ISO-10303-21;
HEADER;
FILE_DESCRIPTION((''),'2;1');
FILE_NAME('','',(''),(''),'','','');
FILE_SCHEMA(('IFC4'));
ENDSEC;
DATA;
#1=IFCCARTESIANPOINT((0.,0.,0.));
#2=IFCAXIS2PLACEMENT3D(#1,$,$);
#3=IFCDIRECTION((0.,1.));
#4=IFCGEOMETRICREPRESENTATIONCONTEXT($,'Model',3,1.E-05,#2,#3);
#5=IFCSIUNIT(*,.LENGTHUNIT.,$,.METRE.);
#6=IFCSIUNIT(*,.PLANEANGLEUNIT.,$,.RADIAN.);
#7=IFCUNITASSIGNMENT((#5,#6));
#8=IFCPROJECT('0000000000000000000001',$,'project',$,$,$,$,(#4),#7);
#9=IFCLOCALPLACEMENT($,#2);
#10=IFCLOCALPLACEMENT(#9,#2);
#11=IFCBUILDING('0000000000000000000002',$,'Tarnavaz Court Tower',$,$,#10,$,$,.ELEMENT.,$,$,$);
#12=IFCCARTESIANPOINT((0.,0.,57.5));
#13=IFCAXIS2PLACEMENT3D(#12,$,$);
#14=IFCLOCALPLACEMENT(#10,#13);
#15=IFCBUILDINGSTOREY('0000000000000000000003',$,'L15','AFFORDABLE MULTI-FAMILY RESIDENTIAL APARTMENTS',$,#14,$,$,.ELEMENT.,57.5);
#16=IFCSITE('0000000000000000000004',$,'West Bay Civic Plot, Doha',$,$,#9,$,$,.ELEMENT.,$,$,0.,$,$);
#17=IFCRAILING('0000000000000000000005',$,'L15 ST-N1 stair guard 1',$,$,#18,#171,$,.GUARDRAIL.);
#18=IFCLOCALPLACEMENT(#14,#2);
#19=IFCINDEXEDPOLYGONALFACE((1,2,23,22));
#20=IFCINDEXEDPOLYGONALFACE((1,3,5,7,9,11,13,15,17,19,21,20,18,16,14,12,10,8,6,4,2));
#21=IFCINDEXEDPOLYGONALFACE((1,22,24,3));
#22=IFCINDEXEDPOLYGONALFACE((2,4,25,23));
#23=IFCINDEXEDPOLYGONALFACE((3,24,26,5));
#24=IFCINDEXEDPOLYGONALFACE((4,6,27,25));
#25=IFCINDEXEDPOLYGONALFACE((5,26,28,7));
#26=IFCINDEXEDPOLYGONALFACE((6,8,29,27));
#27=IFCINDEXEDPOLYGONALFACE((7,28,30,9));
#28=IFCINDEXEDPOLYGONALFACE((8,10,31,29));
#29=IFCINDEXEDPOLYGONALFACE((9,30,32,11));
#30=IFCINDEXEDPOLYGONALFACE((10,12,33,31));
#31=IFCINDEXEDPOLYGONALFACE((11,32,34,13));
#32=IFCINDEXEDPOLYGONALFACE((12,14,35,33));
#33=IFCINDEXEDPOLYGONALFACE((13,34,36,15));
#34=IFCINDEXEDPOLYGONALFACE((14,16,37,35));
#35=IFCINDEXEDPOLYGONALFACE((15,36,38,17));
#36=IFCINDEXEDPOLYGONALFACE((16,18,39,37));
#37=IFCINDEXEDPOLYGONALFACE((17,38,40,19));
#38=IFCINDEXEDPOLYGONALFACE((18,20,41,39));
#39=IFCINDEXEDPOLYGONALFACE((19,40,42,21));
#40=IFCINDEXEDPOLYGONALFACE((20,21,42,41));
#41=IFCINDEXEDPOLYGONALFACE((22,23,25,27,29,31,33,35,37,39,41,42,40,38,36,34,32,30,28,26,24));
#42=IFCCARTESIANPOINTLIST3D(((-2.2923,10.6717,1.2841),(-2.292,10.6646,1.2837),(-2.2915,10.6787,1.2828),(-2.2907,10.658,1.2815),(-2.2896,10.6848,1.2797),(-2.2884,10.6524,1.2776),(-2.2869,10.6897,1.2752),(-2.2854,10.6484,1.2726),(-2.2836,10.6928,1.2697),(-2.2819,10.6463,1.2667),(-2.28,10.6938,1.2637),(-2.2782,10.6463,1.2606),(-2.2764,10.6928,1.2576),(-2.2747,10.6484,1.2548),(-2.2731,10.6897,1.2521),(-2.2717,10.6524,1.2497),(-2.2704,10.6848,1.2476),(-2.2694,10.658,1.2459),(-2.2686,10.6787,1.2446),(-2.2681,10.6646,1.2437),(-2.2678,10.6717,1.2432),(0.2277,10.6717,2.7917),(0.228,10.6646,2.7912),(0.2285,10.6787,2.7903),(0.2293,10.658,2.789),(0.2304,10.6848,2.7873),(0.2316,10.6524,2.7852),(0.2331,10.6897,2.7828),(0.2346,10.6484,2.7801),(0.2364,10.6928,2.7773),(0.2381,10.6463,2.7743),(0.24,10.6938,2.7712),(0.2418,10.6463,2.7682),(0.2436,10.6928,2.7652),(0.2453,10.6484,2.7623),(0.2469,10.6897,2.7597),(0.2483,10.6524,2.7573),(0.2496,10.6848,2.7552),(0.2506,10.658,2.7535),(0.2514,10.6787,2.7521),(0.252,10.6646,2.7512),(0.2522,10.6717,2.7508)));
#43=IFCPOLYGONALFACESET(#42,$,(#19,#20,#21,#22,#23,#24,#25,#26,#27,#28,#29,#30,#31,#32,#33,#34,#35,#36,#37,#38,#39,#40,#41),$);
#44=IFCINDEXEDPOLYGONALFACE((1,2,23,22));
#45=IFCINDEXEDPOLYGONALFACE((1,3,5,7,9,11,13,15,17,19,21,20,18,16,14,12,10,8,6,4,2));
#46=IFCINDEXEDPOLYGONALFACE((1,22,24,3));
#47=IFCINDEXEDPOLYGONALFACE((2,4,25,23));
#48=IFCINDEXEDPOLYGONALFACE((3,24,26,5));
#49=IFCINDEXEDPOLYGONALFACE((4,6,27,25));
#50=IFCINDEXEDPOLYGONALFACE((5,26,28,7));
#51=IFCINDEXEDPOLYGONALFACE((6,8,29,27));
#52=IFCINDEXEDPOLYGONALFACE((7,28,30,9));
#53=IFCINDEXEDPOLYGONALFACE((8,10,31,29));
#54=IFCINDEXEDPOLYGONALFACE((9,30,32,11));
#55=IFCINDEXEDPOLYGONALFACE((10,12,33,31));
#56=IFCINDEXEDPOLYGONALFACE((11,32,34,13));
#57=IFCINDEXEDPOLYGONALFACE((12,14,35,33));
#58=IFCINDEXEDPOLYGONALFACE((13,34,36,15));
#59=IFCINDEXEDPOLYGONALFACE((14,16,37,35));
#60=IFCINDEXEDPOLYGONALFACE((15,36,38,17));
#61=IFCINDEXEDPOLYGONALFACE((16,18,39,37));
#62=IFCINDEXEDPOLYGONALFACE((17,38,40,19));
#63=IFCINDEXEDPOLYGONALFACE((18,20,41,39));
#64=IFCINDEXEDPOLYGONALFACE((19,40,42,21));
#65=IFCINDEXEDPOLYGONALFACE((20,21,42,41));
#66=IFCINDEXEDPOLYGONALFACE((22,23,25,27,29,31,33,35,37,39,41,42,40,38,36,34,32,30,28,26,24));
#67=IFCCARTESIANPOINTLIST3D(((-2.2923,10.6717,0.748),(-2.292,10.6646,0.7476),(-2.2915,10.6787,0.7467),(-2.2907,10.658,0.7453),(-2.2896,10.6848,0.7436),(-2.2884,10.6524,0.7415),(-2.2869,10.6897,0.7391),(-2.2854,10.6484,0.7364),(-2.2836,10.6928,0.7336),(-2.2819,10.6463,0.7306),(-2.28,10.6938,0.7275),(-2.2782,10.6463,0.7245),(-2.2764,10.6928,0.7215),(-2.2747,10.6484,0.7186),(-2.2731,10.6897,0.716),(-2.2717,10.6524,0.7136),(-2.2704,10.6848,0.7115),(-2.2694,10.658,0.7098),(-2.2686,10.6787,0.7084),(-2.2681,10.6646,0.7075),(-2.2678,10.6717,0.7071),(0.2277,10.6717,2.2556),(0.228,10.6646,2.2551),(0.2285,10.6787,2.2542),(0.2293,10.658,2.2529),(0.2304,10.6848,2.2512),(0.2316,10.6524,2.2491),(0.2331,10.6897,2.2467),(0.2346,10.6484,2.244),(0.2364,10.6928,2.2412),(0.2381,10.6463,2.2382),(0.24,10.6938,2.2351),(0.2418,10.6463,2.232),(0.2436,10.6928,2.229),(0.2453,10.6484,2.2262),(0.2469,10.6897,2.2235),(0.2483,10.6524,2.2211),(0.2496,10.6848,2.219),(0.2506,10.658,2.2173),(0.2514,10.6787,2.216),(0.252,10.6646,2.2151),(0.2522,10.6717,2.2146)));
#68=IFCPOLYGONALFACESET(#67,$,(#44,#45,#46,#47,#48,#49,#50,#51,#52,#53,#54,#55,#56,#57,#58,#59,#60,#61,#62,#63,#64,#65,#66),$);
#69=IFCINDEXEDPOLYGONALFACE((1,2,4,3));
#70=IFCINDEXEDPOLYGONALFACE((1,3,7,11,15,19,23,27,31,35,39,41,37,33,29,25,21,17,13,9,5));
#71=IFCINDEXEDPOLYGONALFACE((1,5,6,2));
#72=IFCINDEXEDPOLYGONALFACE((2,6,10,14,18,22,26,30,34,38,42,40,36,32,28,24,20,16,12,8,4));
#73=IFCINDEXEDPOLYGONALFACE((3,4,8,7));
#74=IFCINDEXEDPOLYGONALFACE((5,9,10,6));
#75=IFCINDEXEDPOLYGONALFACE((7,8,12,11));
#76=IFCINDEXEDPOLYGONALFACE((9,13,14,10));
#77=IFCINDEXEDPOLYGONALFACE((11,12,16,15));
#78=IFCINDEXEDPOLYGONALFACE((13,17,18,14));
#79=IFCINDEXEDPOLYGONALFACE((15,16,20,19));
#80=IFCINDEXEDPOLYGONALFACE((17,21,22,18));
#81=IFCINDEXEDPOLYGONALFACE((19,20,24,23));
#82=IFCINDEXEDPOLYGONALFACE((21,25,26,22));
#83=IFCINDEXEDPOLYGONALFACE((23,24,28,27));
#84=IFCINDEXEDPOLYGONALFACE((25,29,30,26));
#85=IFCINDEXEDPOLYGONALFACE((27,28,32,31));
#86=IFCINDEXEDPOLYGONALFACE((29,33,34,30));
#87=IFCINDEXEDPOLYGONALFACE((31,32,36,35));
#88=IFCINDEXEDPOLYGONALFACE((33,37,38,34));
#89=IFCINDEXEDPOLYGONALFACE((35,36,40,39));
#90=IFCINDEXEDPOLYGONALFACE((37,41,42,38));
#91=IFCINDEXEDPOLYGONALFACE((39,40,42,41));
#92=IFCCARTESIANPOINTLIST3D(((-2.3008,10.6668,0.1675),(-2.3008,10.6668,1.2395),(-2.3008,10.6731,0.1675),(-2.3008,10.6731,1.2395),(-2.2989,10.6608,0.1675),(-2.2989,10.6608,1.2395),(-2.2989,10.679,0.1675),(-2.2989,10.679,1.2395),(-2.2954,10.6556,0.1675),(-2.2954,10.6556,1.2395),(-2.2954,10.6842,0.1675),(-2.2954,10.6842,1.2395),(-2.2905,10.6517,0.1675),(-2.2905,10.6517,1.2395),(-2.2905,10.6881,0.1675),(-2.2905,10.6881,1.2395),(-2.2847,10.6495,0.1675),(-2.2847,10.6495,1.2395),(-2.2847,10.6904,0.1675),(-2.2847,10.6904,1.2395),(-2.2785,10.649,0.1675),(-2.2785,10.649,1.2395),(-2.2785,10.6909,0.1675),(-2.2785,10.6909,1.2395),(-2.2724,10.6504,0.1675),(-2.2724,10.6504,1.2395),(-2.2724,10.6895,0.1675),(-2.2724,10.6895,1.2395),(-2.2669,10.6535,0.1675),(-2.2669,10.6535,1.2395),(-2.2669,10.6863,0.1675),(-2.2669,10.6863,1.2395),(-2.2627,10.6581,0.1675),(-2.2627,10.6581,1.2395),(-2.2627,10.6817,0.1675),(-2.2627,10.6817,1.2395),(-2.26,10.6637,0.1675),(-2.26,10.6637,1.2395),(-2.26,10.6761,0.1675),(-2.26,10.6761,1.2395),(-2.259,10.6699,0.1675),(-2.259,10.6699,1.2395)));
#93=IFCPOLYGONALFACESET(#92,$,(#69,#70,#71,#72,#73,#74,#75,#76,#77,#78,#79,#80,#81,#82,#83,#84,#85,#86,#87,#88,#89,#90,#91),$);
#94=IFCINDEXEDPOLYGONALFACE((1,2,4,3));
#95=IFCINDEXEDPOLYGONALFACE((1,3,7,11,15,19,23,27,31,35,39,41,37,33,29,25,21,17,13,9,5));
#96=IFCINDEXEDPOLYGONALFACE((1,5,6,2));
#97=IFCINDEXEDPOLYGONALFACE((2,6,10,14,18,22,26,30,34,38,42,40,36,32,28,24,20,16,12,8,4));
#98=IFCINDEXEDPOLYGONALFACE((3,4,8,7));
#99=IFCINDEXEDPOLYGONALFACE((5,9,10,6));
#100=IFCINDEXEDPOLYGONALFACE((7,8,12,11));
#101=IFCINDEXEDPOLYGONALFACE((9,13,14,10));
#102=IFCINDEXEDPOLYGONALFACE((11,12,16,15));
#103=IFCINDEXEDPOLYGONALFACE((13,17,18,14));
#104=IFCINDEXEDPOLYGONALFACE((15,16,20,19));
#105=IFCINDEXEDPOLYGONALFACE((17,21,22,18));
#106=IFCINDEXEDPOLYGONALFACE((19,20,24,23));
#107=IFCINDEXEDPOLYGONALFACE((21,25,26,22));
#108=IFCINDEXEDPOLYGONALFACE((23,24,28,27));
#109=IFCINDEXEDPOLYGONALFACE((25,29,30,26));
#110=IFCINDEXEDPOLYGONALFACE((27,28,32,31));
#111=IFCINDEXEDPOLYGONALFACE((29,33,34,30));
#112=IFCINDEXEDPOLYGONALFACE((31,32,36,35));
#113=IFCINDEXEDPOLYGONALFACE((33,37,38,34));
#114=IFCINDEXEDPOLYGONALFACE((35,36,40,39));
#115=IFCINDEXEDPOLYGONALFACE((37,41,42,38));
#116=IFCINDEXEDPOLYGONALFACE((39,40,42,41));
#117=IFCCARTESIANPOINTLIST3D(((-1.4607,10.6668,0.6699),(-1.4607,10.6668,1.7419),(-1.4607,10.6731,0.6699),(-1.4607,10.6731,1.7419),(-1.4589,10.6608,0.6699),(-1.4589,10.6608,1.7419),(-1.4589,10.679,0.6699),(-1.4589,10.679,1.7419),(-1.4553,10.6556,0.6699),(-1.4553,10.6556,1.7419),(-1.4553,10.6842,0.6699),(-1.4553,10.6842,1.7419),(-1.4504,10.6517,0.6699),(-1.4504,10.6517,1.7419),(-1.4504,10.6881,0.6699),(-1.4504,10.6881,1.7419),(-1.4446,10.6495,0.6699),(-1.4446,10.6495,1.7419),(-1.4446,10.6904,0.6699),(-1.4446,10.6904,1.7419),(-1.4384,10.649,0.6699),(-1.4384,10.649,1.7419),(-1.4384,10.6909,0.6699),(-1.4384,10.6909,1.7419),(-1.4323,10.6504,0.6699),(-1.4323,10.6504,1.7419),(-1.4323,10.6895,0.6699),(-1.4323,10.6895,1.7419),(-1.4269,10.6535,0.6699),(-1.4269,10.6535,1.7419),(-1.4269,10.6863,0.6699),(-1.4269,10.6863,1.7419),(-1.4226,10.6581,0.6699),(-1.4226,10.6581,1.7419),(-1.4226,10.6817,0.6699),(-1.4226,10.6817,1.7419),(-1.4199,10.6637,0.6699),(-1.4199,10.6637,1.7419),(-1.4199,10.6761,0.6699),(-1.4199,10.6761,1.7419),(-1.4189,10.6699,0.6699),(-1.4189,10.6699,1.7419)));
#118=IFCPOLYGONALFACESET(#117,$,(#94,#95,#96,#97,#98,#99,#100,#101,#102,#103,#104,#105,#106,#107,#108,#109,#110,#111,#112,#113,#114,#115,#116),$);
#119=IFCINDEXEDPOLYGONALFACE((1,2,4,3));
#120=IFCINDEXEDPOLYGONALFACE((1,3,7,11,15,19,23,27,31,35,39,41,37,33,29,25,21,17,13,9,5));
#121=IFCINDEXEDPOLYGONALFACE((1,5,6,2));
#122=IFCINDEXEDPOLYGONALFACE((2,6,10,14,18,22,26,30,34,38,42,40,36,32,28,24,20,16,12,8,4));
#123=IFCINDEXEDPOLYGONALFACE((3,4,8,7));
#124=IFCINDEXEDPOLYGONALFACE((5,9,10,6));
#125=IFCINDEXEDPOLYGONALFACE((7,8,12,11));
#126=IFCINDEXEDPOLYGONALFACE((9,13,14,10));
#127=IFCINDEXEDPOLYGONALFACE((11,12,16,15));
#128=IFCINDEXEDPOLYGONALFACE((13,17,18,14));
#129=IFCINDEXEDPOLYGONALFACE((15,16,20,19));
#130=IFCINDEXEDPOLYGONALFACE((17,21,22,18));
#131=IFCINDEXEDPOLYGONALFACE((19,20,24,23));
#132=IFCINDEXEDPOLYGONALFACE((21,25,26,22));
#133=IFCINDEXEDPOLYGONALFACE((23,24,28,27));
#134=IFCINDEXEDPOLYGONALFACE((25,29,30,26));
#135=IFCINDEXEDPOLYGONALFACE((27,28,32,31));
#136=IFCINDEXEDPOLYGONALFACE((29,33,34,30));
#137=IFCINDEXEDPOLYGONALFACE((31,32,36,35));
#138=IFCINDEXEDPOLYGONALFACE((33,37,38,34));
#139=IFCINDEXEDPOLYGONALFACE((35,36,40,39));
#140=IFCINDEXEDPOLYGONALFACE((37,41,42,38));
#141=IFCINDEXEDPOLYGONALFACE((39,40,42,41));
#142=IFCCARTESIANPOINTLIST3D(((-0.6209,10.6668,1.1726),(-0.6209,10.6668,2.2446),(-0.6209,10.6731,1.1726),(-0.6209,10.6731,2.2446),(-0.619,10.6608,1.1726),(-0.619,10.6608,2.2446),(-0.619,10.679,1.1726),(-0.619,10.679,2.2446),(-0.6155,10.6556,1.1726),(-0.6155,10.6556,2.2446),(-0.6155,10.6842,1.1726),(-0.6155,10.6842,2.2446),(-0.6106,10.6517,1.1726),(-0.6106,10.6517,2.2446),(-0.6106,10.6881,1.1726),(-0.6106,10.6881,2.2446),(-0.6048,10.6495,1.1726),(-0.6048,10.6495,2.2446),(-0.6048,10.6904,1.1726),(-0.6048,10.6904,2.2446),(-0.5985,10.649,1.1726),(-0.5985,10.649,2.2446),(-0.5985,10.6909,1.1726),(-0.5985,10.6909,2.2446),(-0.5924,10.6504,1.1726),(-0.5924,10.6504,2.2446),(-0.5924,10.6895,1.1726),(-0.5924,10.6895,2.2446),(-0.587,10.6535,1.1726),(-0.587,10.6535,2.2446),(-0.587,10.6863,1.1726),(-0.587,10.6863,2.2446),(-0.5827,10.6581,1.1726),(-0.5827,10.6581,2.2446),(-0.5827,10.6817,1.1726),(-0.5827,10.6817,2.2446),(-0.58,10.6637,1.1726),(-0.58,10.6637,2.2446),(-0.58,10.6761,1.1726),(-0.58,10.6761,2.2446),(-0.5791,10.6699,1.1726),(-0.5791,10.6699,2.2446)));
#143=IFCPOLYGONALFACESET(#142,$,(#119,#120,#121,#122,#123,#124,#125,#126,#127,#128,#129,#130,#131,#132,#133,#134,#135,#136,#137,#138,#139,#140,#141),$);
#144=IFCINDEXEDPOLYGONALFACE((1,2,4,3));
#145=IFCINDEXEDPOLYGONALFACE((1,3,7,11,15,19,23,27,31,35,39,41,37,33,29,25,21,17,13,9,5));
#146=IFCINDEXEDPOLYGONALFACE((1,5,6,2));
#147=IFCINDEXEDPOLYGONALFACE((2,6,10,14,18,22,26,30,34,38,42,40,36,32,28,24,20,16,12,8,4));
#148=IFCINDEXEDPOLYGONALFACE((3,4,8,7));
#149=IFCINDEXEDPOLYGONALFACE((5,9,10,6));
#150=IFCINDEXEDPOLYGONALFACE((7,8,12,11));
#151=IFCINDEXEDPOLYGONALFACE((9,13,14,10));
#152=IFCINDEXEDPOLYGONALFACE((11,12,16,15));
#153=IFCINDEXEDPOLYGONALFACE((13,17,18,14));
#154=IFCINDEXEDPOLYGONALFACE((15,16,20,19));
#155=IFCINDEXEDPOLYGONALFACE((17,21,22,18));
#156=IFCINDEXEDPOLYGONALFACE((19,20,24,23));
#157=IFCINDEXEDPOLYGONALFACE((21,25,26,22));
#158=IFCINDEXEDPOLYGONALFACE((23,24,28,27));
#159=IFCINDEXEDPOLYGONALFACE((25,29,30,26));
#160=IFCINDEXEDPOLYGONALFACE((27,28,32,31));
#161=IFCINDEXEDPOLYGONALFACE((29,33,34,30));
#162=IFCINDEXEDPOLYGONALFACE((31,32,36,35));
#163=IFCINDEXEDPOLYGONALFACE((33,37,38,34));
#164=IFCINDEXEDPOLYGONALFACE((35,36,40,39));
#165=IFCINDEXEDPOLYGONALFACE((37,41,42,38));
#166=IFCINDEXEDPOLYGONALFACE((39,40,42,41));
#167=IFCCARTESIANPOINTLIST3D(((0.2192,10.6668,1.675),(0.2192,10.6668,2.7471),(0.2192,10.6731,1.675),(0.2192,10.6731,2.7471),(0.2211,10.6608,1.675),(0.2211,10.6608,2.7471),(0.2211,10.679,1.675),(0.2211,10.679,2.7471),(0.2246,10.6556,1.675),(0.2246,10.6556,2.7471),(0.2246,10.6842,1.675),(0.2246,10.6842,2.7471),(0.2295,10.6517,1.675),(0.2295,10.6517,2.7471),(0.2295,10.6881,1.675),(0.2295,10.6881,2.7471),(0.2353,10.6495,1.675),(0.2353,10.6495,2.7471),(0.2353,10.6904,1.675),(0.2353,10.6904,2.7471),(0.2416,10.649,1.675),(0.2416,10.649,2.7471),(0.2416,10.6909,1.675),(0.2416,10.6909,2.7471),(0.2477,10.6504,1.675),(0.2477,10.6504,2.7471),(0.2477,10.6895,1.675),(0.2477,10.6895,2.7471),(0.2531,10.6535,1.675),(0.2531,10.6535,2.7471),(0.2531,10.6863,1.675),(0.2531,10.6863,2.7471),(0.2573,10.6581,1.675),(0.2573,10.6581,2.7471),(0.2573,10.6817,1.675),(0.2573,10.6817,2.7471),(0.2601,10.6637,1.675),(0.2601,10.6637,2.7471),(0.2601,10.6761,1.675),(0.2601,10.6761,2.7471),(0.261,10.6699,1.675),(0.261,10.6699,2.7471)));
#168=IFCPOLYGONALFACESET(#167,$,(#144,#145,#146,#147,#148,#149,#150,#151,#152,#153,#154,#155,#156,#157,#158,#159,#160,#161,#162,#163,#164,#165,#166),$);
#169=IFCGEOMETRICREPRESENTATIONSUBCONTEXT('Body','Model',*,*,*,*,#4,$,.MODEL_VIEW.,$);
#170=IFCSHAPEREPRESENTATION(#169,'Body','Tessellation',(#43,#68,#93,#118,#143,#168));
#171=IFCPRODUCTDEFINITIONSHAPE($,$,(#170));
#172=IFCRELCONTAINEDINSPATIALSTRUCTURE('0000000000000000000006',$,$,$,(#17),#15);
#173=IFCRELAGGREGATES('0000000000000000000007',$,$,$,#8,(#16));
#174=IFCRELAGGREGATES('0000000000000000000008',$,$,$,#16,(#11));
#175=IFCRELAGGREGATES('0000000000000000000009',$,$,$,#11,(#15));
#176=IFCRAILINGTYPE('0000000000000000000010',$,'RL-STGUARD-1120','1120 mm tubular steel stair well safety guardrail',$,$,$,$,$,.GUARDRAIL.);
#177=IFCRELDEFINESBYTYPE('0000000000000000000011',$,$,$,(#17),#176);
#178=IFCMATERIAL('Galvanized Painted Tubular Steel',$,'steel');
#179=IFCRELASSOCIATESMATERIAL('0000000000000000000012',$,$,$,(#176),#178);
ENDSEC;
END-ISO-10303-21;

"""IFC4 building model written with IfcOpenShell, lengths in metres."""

from ifc_helpers import new_model, si_unit, direction, frame, origin, origin_2d, place, context, subcontext, project, spatial, circle, extrude, material, type_object, element, save


model = new_model("IFC4")

# Units and contexts
model_context = context("Model", 3, precision=1e-05, world=origin(), true_north=direction((0.0, 1.0)))
body_context = subcontext(model_context, "Body", "Model", "MODEL_VIEW")
ifc_project = project(units=[si_unit("LENGTHUNIT", "METRE"), si_unit("PLANEANGLEUNIT", "RADIAN")], contexts=[model_context])

# Site, building, storey
site_placement = place(None, origin())
site = spatial("IfcSite", under=ifc_project, at=site_placement, Name="West Bay Civic Plot, Doha", CompositionType="ELEMENT", RefElevation=0.0)
building_placement = place(site_placement, origin())
building = spatial("IfcBuilding", under=site, at=building_placement, Name="Tarnavaz Court Tower", CompositionType="ELEMENT")
storey_placement = place(building_placement, frame((0.0, 0.0, 57.5)))
storey = spatial("IfcBuildingStorey", under=building, at=storey_placement, Name="L15", Description="AFFORDABLE MULTI-FAMILY RESIDENTIAL APARTMENTS", CompositionType="ELEMENT", Elevation=57.5)

# Railing
ifc_material_1 = material(Name="Galvanized Painted Tubular Steel", Category="steel")
railing_type_1 = type_object("IfcRailingType", Name="RL-STGUARD-1120", Description="1120 mm tubular steel stair well safety guardrail", PredefinedType="GUARDRAIL", material=ifc_material_1)
railing_1_placement = place(storey_placement, frame((-2.28, 10.6699, 0.1675)))
element("IfcRailing", 1, at=railing_1_placement, inside=storey, type_object=railing_type_1, Name="L15 ST-N1 stair guard 1", PredefinedType="GUARDRAIL", context=body_context, shape_type="SweptSolid", body=[
    extrude(circle(Radius=0.0239, at=origin_2d()), frame((0.0, 0.0, 1.0962), z_axis=(0.85816, 0.0, 0.513383), x_axis=(0.0, 1.0, 0.0)), (0.0, 0.0, 1.0), 2.9365),
    extrude(circle(Radius=0.0239, at=origin_2d()), frame((0.0, 0.0, 0.5601), z_axis=(0.85816, 0.0, 0.513383), x_axis=(0.0, 1.0, 0.0)), (0.0, 0.0, 1.0), 2.9365),
    extrude(circle(Radius=0.021, at=origin_2d()), origin(), (0.0, 0.0, 1.0), 1.072),
    extrude(circle(Radius=0.021, at=origin_2d()), frame((0.8401, 0.0, 0.5024)), (0.0, 0.0, 1.0), 1.072),
    extrude(circle(Radius=0.021, at=origin_2d()), frame((1.6799, 0.0, 1.0051)), (0.0, 0.0, 1.0), 1.072),
    extrude(circle(Radius=0.021, at=origin_2d()), frame((2.52, 0.0, 1.5076)), (0.0, 0.0, 1.0), 1.072),
])

save(model, "model.ifc")
